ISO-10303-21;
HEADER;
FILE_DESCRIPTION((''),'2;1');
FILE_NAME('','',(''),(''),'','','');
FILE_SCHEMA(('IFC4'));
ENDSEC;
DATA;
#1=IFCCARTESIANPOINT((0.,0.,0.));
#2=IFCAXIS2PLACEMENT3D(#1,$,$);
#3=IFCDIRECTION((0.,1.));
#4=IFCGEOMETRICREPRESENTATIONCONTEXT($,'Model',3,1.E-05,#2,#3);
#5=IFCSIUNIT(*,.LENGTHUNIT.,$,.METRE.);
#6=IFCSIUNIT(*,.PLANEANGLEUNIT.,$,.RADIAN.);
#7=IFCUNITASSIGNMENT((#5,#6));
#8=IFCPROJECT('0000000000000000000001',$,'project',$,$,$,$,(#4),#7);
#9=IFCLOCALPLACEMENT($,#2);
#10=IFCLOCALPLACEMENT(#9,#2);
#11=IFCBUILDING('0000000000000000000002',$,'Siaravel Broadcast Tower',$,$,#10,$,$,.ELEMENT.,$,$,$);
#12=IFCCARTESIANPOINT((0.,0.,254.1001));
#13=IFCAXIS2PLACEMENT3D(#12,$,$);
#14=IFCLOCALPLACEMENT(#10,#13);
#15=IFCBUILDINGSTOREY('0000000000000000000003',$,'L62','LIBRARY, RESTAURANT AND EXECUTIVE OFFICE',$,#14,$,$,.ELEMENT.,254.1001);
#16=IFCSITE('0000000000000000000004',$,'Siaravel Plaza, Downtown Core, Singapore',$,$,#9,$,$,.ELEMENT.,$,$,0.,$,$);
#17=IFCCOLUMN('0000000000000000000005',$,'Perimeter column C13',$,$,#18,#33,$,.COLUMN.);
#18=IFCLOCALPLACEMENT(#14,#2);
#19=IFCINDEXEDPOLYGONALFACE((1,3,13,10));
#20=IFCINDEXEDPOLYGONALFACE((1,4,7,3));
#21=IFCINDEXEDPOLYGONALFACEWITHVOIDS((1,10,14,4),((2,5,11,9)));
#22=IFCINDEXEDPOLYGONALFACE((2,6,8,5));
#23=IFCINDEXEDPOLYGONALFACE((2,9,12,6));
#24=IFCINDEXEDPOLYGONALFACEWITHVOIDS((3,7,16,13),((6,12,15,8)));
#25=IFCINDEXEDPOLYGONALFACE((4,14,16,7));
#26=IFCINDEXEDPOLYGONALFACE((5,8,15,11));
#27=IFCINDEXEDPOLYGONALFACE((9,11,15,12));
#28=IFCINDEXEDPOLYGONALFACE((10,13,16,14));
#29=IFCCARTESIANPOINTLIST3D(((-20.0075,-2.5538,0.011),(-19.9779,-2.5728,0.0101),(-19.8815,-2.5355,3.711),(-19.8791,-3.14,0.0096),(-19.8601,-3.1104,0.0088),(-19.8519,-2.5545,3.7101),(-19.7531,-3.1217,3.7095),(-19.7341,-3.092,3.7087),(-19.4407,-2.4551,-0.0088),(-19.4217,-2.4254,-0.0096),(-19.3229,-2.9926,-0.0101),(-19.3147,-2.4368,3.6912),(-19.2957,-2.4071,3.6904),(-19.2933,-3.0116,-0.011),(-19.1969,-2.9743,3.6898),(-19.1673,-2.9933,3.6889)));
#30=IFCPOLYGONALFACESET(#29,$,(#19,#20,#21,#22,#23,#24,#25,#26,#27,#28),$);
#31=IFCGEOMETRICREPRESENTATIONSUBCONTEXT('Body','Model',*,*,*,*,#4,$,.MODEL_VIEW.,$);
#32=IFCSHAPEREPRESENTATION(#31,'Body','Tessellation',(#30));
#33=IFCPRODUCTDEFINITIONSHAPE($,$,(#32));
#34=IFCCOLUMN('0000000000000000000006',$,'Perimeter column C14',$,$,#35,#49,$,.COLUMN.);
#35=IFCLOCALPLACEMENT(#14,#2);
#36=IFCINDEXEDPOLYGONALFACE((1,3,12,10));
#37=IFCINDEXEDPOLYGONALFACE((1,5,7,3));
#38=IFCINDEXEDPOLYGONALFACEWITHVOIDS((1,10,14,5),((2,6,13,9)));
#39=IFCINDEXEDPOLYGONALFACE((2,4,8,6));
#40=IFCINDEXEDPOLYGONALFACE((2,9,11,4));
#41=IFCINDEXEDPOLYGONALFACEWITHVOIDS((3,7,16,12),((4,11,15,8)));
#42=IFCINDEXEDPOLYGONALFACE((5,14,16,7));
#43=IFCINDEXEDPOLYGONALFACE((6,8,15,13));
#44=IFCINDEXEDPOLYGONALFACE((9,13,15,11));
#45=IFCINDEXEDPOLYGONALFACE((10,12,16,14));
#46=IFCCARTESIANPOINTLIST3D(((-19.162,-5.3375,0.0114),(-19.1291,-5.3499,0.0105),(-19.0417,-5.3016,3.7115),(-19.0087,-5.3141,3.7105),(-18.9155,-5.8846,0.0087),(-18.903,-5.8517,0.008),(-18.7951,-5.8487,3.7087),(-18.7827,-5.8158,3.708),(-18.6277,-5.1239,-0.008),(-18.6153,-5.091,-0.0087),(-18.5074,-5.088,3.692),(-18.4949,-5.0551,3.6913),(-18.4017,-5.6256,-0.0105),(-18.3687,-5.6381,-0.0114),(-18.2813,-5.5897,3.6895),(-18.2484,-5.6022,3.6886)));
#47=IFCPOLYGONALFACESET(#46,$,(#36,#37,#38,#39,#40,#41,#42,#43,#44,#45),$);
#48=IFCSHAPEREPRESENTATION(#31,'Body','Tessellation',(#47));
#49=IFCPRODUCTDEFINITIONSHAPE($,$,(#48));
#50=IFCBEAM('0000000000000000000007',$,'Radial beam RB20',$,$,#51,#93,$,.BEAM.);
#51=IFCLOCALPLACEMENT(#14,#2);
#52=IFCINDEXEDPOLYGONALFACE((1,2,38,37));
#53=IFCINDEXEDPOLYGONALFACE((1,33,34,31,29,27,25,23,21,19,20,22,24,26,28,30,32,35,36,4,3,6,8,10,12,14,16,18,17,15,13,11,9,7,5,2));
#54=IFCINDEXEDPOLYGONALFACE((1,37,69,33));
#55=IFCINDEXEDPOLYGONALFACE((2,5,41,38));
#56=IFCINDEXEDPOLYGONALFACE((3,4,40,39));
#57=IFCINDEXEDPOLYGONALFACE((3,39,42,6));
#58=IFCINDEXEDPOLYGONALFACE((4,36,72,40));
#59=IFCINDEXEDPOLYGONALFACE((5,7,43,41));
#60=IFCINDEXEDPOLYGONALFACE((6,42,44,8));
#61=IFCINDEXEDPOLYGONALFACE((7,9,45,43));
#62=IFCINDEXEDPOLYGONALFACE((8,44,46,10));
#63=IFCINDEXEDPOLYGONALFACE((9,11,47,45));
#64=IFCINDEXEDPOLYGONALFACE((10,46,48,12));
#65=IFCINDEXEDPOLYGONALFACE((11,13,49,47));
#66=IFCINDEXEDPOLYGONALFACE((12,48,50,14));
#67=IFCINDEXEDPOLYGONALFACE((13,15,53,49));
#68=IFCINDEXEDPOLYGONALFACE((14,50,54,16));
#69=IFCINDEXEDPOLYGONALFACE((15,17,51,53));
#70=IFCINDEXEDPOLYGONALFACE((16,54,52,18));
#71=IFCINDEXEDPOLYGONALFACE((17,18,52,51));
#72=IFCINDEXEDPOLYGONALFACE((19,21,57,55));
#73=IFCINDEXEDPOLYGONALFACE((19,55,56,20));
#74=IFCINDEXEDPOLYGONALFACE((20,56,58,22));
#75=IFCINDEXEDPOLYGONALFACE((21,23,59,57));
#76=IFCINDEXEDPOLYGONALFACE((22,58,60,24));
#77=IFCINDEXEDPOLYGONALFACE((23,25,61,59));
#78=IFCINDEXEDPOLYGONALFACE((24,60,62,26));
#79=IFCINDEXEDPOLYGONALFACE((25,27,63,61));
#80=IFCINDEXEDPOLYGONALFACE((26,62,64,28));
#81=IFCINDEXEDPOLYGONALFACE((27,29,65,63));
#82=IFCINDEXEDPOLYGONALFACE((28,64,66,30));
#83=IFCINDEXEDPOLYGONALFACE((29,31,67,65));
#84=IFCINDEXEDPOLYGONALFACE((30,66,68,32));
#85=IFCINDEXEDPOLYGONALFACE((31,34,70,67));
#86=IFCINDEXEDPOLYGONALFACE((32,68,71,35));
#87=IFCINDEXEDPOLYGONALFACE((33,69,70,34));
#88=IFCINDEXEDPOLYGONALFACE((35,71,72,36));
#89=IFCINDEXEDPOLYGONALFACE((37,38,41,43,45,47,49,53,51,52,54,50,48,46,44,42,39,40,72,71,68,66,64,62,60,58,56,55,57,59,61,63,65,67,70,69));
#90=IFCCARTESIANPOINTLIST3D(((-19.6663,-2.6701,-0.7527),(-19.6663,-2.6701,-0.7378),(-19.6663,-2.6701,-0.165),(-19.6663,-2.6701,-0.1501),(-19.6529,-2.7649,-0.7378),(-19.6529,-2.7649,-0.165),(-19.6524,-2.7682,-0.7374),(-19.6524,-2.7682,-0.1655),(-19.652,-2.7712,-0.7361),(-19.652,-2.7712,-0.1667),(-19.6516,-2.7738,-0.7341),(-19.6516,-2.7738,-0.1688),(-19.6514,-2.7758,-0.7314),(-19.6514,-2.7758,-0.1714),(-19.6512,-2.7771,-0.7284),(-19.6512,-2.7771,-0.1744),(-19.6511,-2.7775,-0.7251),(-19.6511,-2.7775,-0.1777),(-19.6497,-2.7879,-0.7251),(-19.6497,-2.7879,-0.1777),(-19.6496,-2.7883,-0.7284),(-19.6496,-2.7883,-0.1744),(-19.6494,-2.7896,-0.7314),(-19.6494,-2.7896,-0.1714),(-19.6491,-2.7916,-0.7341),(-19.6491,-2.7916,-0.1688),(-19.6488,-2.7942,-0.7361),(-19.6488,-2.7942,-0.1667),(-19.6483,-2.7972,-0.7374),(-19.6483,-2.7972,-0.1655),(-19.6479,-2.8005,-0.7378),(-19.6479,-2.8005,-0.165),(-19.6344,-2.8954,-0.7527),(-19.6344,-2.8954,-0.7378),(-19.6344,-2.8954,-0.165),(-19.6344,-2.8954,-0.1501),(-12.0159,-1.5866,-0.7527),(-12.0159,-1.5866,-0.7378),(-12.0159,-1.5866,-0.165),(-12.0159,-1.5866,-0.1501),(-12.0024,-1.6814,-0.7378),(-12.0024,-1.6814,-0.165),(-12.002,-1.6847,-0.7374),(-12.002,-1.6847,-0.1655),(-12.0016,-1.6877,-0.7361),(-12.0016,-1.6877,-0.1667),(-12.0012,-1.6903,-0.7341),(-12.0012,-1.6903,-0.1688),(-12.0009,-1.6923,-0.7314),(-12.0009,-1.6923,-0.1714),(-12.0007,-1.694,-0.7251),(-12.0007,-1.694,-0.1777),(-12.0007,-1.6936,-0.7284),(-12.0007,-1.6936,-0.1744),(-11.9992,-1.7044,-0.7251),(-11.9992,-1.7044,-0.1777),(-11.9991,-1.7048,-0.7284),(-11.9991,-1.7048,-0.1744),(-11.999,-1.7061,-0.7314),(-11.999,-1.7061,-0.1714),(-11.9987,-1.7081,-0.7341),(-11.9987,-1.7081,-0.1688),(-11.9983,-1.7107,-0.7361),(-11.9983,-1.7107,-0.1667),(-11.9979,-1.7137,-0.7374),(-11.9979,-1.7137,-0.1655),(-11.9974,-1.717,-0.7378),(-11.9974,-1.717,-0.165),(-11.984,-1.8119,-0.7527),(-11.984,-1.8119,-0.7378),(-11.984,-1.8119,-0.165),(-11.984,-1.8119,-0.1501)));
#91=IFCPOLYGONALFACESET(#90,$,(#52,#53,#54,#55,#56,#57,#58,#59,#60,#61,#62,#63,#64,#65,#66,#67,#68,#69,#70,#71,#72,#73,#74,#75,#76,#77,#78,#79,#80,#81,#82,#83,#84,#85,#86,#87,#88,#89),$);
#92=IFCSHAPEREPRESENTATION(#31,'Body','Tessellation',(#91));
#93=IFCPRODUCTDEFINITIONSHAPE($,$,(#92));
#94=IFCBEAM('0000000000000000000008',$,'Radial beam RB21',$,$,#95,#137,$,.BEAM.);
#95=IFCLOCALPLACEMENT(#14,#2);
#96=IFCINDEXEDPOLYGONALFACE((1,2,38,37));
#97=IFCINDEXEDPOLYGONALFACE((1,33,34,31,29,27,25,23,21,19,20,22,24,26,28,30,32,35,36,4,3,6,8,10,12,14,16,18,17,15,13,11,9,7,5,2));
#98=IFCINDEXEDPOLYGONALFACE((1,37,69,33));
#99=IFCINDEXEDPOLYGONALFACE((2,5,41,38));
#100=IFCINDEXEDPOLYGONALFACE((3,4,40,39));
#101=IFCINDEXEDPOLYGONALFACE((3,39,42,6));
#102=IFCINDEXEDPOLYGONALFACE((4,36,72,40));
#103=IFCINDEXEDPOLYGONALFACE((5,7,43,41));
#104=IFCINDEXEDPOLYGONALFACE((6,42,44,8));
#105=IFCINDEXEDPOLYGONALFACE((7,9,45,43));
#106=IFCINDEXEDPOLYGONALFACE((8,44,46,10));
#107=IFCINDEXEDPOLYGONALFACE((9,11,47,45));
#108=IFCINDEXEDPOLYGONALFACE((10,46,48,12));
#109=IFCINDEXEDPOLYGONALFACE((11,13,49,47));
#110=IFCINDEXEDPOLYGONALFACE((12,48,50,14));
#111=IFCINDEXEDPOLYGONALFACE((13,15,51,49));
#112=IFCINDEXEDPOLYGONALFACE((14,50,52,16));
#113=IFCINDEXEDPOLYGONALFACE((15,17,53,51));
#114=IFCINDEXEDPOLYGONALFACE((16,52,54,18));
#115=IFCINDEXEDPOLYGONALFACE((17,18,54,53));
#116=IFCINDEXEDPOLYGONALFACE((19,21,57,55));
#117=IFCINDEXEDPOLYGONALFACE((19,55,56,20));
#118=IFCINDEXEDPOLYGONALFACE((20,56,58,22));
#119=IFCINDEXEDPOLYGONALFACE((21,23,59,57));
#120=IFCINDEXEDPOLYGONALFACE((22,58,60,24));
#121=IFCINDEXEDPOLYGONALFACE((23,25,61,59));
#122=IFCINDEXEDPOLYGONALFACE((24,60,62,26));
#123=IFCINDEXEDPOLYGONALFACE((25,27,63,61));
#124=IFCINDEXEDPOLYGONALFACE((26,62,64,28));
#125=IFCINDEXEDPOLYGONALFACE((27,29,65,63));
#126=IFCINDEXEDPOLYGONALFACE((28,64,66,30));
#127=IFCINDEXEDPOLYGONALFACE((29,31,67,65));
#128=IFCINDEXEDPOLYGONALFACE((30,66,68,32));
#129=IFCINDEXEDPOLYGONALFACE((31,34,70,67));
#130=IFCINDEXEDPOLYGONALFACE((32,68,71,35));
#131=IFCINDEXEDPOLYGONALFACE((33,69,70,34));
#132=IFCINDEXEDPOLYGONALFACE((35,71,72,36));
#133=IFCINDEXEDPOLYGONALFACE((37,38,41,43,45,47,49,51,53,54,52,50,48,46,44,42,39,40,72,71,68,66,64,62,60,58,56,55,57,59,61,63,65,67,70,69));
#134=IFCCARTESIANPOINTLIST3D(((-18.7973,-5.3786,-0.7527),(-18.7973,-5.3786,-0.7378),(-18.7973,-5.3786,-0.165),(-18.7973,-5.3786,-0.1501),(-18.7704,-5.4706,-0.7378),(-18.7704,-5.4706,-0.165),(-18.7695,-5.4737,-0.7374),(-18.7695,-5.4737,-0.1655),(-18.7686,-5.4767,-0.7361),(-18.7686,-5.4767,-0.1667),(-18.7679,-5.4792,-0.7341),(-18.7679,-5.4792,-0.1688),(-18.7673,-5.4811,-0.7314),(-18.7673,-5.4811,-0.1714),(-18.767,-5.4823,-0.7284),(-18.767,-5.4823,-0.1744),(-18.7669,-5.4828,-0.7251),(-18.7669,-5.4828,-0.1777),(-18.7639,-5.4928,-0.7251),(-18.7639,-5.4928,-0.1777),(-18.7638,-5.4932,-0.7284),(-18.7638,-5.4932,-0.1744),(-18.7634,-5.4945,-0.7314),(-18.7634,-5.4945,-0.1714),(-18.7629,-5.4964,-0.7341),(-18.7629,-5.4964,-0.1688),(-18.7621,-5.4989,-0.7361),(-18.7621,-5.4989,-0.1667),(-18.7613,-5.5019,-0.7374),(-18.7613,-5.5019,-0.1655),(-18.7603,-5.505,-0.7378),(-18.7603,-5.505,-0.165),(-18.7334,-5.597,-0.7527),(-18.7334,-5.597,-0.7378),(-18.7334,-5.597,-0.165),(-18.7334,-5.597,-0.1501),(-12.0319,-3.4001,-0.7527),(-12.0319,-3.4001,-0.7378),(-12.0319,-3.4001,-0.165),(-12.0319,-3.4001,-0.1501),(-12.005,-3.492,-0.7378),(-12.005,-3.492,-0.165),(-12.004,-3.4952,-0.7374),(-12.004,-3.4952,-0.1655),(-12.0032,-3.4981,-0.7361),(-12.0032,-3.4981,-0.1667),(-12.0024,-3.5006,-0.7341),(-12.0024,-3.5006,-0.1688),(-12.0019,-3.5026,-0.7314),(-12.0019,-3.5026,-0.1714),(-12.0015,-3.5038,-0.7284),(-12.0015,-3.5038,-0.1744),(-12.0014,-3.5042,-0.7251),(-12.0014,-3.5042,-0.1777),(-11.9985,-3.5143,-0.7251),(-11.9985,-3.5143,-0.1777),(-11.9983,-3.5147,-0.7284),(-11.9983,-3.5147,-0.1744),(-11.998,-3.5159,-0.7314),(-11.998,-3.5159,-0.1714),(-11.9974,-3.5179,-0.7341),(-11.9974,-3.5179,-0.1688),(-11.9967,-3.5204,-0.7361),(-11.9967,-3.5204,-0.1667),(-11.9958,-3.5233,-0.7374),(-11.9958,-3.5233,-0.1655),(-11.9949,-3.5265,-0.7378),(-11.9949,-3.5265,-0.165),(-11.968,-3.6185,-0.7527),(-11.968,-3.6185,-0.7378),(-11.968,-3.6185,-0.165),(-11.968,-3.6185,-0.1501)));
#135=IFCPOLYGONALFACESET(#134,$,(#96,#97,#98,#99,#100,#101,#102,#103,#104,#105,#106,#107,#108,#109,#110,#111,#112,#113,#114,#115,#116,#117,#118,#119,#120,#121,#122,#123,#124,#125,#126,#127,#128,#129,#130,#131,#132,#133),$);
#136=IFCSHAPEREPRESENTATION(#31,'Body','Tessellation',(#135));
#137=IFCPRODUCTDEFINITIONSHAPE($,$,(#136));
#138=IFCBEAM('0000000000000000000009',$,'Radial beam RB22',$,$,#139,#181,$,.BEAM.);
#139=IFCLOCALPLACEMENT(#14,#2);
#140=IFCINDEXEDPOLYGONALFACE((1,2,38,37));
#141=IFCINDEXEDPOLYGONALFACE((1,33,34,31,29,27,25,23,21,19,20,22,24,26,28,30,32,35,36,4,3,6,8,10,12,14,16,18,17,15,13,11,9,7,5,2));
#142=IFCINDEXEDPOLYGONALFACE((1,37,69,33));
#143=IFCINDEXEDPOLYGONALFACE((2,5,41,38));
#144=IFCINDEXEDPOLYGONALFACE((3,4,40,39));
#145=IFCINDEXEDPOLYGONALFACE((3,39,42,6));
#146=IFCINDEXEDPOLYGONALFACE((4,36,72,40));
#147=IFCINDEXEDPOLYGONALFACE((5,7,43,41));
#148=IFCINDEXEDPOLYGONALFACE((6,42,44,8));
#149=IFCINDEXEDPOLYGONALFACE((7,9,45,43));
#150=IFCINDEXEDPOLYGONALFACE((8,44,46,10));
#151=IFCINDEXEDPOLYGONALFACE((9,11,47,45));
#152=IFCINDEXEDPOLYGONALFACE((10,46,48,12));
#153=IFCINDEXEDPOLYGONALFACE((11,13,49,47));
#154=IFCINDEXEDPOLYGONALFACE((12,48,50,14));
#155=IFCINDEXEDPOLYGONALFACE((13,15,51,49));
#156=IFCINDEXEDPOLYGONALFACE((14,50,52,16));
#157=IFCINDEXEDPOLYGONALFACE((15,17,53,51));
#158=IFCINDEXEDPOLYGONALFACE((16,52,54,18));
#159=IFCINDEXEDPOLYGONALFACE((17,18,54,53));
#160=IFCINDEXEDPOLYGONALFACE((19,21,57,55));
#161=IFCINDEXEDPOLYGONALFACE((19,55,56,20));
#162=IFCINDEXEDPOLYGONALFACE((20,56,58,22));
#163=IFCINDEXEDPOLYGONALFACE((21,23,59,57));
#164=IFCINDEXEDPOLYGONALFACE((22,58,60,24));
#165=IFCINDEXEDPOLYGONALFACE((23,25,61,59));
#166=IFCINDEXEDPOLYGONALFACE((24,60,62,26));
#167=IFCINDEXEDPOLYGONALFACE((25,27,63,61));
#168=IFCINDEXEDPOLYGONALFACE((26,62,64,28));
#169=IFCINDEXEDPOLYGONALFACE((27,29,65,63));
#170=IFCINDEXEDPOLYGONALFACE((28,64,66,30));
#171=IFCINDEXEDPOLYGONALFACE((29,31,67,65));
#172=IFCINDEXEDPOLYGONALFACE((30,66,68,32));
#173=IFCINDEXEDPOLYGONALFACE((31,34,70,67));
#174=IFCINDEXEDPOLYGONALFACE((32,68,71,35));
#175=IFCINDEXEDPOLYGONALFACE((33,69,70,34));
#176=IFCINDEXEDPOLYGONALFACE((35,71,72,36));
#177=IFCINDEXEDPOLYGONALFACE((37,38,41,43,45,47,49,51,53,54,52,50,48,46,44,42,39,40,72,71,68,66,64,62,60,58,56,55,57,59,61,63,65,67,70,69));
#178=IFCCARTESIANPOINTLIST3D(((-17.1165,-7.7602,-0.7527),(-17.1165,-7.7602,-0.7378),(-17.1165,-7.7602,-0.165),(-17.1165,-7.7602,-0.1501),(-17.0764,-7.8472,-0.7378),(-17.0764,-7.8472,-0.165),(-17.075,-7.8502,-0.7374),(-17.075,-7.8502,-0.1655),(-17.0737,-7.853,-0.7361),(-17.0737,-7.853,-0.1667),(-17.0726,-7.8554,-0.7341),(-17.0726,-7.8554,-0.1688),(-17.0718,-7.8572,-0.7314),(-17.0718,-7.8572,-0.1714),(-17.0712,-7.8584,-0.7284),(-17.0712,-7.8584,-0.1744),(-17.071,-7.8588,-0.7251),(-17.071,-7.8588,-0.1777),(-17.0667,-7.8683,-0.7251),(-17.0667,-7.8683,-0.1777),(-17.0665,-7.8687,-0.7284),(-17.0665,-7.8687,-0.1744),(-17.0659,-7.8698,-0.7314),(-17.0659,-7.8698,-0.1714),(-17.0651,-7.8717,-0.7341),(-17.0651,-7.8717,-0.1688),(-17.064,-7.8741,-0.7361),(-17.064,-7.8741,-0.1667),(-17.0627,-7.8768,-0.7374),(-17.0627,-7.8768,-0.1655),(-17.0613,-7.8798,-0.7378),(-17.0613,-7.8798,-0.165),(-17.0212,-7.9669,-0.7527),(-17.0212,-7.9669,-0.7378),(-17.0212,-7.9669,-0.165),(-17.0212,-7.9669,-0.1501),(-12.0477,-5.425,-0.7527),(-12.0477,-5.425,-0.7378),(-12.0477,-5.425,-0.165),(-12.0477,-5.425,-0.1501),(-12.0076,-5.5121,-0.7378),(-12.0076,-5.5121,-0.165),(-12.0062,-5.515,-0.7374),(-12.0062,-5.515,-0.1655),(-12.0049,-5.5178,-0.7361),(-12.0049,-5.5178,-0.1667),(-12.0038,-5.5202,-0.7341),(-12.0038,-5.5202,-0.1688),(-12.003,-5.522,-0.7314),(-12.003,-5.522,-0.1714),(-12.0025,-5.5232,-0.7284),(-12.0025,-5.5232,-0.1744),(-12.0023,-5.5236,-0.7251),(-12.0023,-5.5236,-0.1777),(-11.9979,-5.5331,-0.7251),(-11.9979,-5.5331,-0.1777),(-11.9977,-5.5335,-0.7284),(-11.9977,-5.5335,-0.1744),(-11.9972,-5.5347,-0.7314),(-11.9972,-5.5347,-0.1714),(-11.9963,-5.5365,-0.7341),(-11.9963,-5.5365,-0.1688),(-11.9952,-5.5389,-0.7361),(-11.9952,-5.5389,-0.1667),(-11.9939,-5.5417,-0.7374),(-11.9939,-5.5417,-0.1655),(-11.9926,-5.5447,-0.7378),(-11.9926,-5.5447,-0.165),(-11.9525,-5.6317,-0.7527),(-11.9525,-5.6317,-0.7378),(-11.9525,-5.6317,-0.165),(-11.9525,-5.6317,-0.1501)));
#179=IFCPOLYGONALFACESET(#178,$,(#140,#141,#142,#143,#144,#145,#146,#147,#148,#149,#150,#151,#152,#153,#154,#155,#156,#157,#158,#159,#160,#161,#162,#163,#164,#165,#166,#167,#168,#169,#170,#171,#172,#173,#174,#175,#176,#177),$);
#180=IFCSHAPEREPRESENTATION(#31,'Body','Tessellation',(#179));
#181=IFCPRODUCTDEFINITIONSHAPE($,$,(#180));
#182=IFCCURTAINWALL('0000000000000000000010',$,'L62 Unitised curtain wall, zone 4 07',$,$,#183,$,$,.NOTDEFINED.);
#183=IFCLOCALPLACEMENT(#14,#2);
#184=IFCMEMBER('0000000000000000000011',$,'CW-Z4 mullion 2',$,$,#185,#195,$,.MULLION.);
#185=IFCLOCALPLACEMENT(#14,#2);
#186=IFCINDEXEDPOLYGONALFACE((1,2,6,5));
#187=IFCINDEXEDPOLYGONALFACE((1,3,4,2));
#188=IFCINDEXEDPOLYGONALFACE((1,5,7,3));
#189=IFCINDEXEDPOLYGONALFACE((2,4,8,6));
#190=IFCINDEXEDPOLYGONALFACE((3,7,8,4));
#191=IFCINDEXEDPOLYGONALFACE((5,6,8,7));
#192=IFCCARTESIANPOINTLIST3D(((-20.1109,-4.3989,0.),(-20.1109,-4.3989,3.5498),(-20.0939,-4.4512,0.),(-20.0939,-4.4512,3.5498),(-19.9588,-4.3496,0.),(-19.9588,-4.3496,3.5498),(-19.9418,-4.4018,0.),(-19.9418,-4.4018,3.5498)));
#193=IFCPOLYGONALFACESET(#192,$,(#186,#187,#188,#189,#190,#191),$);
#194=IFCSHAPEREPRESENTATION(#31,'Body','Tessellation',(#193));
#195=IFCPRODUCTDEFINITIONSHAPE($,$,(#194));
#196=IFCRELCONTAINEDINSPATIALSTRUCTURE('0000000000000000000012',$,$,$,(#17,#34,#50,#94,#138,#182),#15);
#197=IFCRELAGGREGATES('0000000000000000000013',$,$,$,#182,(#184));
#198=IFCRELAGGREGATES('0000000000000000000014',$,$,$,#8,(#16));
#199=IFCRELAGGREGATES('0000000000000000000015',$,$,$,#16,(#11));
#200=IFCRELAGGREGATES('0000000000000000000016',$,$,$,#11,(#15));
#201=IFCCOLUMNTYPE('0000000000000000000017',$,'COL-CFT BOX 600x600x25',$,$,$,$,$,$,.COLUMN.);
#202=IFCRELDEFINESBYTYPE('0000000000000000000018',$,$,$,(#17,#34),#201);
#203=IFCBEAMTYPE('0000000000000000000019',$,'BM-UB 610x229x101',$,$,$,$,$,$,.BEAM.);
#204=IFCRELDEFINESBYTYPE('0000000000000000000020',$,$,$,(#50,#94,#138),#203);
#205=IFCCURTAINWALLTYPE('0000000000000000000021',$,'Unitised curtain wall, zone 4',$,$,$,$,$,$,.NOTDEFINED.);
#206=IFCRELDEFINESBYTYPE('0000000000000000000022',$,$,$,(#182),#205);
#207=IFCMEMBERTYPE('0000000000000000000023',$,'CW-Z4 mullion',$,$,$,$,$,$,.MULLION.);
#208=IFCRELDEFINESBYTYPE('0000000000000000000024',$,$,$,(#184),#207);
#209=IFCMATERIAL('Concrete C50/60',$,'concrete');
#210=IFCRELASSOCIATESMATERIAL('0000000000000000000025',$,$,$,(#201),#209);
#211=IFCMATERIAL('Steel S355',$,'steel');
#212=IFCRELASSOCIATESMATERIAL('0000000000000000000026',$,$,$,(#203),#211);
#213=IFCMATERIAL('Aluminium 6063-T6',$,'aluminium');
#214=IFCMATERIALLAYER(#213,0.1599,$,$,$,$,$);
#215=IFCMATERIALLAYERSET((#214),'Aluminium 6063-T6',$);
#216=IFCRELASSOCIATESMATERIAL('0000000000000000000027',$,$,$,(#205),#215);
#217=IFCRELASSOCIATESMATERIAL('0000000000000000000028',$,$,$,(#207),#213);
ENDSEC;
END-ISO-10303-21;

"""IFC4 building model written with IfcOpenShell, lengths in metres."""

from ifc_helpers import new_model, si_unit, direction, frame, origin, origin_2d, place, context, subcontext, project, spatial, rectangle, hollow_rectangle, i_section, extrude, material, layer, layer_set, material_profile, profile_set, type_object, element, aggregate, save


model = new_model("IFC4")

# Units and contexts
model_context = context("Model", 3, precision=1e-05, world=origin(), true_north=direction((0.0, 1.0)))
body_context = subcontext(model_context, "Body", "Model", "MODEL_VIEW")
ifc_project = project(units=[si_unit("LENGTHUNIT", "METRE"), si_unit("PLANEANGLEUNIT", "RADIAN")], contexts=[model_context])

# Site, building, storey
site_placement = place(None, origin())
site = spatial("IfcSite", under=ifc_project, at=site_placement, Name="Siaravel Plaza, Downtown Core, Singapore", CompositionType="ELEMENT", RefElevation=0.0)
building_placement = place(site_placement, origin())
building = spatial("IfcBuilding", under=site, at=building_placement, Name="Siaravel Broadcast Tower", CompositionType="ELEMENT")
storey_placement = place(building_placement, frame((0.0, 0.0, 254.1001)))
storey = spatial("IfcBuildingStorey", under=building, at=storey_placement, Name="L62", Description="LIBRARY, RESTAURANT AND EXECUTIVE OFFICE", CompositionType="ELEMENT", Elevation=254.1001)

# Columns
ifc_material_1 = material(Name="Concrete C50/60", Category="concrete")
ifc_material_profile_1 = material_profile(ifc_material_1, hollow_rectangle(XDim=0.6001, YDim=0.6001, WallThickness=0.0249, at=origin_2d()))
ifc_profile_set_1 = profile_set([ifc_material_profile_1], Name="Concrete C50/60")
column_type = type_object("IfcColumnType", Name="COL-CFT BOX 600x600x25", PredefinedType="COLUMN", material=ifc_profile_set_1)
for number, where, z_axis, x_axis, name in (
    (1, (-19.6504, -2.7827, 0.0), (0.034028, 0.004946, 0.999409), (-0.213977, 0.976836, 0.002451), "Perimeter column C13"),
    (2, (-18.7654, -5.4878, 0.0), (0.032512, 0.009694, 0.999424), (-0.410808, 0.911711, 0.00452), "Perimeter column C14"),
):
    element("IfcColumn", number, at=place(storey_placement, frame(where, z_axis=z_axis, x_axis=x_axis)), inside=storey, type_object=column_type, Name=name, PredefinedType="COLUMN", context=body_context, shape_type="SweptSolid", body=[
        extrude(hollow_rectangle(XDim=0.6001, YDim=0.6001, WallThickness=0.0249, at=origin_2d()), origin(), (0.0, 0.0, 1.0), 3.7021),
    ])

# Beams
ifc_material_2 = material(Name="Steel S355", Category="steel")
ifc_material_profile_2 = material_profile(ifc_material_2, i_section(OverallWidth=0.2275, OverallDepth=0.6025, WebThickness=0.0105, FlangeThickness=0.0149, FilletRadius=0.0127, at=origin_2d()))
ifc_profile_set_2 = profile_set([ifc_material_profile_2], Name="Steel S355")
beam_type = type_object("IfcBeamType", Name="BM-UB 610x229x101", PredefinedType="BEAM", material=ifc_profile_set_2)
beam_1_placement = place(storey_placement, frame((-19.6504, -2.7827, -0.4514), z_axis=(0.990119, 0.140227, 0.0), x_axis=(-0.140227, 0.990119, 0.0)))
element("IfcBeam", 3, at=beam_1_placement, inside=storey, type_object=beam_type, Name="Radial beam RB20", PredefinedType="BEAM", context=body_context, shape_type="SweptSolid", body=[
    extrude(i_section(OverallWidth=0.2275, OverallDepth=0.6025, WebThickness=0.0105, FlangeThickness=0.0149, FilletRadius=0.0127, at=origin_2d()), origin(), (0.0, 0.0, 1.0), 7.7268),
])
beam_2_placement = place(storey_placement, frame((-18.7654, -5.4878, -0.4514), z_axis=(0.959798, 0.28069, 0.0), x_axis=(-0.28069, 0.959798, 0.0)))
element("IfcBeam", 4, at=beam_2_placement, inside=storey, type_object=beam_type, Name="Radial beam RB21", PredefinedType="BEAM", context=body_context, shape_type="SweptSolid", body=[
    extrude(i_section(OverallWidth=0.2275, OverallDepth=0.6025, WebThickness=0.0105, FlangeThickness=0.0149, FilletRadius=0.0127, at=origin_2d()), origin(), (0.0, 0.0, 1.0), 7.0488),
])
beam_3_placement = place(storey_placement, frame((-17.0688, -7.8635, -0.4514), z_axis=(0.90825, 0.418428, 0.0), x_axis=(-0.418428, 0.90825, 0.0)))
element("IfcBeam", 5, at=beam_3_placement, inside=storey, type_object=beam_type, Name="Radial beam RB22", PredefinedType="BEAM", context=body_context, shape_type="SweptSolid", body=[
    extrude(i_section(OverallWidth=0.2275, OverallDepth=0.6025, WebThickness=0.0105, FlangeThickness=0.0149, FilletRadius=0.0127, at=origin_2d()), origin(), (0.0, 0.0, 1.0), 5.5808),
])

# Curtain wall, member
ifc_material_3 = material(Name="Aluminium 6063-T6", Category="aluminium")
ifc_layer_1 = layer(ifc_material_3, 0.1599)
ifc_layer_set_1 = layer_set([ifc_layer_1], Name="Aluminium 6063-T6")
curtain_wall_type = type_object("IfcCurtainWallType", Name="Unitised curtain wall, zone 4", PredefinedType="NOTDEFINED", material=ifc_layer_set_1)
curtain_wall_placement = place(storey_placement, origin())
curtain_wall = element("IfcCurtainWall", 6, at=curtain_wall_placement, inside=storey, type_object=curtain_wall_type, Name="L62 Unitised curtain wall, zone 4 07", PredefinedType="NOTDEFINED")
ifc_material_profile_3 = material_profile(ifc_material_3, rectangle(XDim=0.1599, YDim=0.0549, at=origin_2d()))
ifc_profile_set_3 = profile_set([ifc_material_profile_3], Name="Aluminium 6063-T6")
member_type_1 = type_object("IfcMemberType", Name="CW-Z4 mullion", PredefinedType="MULLION", material=ifc_profile_set_3)
member_1_placement = place(storey_placement, frame((-20.0264, -4.4004, 0.0), z_axis=(0.0, 0.0, 1.0), x_axis=(0.951178, 0.308644, 0.0)))
member_1 = element("IfcMember", 7, at=member_1_placement, type_object=member_type_1, Name="CW-Z4 mullion 2", PredefinedType="MULLION", context=body_context, shape_type="SweptSolid", body=[
    extrude(rectangle(XDim=0.1599, YDim=0.0549, at=origin_2d()), origin(), (0.0, 0.0, 1.0), 3.5498),
])
aggregate(curtain_wall, [member_1])

save(model, "model.ifc")
